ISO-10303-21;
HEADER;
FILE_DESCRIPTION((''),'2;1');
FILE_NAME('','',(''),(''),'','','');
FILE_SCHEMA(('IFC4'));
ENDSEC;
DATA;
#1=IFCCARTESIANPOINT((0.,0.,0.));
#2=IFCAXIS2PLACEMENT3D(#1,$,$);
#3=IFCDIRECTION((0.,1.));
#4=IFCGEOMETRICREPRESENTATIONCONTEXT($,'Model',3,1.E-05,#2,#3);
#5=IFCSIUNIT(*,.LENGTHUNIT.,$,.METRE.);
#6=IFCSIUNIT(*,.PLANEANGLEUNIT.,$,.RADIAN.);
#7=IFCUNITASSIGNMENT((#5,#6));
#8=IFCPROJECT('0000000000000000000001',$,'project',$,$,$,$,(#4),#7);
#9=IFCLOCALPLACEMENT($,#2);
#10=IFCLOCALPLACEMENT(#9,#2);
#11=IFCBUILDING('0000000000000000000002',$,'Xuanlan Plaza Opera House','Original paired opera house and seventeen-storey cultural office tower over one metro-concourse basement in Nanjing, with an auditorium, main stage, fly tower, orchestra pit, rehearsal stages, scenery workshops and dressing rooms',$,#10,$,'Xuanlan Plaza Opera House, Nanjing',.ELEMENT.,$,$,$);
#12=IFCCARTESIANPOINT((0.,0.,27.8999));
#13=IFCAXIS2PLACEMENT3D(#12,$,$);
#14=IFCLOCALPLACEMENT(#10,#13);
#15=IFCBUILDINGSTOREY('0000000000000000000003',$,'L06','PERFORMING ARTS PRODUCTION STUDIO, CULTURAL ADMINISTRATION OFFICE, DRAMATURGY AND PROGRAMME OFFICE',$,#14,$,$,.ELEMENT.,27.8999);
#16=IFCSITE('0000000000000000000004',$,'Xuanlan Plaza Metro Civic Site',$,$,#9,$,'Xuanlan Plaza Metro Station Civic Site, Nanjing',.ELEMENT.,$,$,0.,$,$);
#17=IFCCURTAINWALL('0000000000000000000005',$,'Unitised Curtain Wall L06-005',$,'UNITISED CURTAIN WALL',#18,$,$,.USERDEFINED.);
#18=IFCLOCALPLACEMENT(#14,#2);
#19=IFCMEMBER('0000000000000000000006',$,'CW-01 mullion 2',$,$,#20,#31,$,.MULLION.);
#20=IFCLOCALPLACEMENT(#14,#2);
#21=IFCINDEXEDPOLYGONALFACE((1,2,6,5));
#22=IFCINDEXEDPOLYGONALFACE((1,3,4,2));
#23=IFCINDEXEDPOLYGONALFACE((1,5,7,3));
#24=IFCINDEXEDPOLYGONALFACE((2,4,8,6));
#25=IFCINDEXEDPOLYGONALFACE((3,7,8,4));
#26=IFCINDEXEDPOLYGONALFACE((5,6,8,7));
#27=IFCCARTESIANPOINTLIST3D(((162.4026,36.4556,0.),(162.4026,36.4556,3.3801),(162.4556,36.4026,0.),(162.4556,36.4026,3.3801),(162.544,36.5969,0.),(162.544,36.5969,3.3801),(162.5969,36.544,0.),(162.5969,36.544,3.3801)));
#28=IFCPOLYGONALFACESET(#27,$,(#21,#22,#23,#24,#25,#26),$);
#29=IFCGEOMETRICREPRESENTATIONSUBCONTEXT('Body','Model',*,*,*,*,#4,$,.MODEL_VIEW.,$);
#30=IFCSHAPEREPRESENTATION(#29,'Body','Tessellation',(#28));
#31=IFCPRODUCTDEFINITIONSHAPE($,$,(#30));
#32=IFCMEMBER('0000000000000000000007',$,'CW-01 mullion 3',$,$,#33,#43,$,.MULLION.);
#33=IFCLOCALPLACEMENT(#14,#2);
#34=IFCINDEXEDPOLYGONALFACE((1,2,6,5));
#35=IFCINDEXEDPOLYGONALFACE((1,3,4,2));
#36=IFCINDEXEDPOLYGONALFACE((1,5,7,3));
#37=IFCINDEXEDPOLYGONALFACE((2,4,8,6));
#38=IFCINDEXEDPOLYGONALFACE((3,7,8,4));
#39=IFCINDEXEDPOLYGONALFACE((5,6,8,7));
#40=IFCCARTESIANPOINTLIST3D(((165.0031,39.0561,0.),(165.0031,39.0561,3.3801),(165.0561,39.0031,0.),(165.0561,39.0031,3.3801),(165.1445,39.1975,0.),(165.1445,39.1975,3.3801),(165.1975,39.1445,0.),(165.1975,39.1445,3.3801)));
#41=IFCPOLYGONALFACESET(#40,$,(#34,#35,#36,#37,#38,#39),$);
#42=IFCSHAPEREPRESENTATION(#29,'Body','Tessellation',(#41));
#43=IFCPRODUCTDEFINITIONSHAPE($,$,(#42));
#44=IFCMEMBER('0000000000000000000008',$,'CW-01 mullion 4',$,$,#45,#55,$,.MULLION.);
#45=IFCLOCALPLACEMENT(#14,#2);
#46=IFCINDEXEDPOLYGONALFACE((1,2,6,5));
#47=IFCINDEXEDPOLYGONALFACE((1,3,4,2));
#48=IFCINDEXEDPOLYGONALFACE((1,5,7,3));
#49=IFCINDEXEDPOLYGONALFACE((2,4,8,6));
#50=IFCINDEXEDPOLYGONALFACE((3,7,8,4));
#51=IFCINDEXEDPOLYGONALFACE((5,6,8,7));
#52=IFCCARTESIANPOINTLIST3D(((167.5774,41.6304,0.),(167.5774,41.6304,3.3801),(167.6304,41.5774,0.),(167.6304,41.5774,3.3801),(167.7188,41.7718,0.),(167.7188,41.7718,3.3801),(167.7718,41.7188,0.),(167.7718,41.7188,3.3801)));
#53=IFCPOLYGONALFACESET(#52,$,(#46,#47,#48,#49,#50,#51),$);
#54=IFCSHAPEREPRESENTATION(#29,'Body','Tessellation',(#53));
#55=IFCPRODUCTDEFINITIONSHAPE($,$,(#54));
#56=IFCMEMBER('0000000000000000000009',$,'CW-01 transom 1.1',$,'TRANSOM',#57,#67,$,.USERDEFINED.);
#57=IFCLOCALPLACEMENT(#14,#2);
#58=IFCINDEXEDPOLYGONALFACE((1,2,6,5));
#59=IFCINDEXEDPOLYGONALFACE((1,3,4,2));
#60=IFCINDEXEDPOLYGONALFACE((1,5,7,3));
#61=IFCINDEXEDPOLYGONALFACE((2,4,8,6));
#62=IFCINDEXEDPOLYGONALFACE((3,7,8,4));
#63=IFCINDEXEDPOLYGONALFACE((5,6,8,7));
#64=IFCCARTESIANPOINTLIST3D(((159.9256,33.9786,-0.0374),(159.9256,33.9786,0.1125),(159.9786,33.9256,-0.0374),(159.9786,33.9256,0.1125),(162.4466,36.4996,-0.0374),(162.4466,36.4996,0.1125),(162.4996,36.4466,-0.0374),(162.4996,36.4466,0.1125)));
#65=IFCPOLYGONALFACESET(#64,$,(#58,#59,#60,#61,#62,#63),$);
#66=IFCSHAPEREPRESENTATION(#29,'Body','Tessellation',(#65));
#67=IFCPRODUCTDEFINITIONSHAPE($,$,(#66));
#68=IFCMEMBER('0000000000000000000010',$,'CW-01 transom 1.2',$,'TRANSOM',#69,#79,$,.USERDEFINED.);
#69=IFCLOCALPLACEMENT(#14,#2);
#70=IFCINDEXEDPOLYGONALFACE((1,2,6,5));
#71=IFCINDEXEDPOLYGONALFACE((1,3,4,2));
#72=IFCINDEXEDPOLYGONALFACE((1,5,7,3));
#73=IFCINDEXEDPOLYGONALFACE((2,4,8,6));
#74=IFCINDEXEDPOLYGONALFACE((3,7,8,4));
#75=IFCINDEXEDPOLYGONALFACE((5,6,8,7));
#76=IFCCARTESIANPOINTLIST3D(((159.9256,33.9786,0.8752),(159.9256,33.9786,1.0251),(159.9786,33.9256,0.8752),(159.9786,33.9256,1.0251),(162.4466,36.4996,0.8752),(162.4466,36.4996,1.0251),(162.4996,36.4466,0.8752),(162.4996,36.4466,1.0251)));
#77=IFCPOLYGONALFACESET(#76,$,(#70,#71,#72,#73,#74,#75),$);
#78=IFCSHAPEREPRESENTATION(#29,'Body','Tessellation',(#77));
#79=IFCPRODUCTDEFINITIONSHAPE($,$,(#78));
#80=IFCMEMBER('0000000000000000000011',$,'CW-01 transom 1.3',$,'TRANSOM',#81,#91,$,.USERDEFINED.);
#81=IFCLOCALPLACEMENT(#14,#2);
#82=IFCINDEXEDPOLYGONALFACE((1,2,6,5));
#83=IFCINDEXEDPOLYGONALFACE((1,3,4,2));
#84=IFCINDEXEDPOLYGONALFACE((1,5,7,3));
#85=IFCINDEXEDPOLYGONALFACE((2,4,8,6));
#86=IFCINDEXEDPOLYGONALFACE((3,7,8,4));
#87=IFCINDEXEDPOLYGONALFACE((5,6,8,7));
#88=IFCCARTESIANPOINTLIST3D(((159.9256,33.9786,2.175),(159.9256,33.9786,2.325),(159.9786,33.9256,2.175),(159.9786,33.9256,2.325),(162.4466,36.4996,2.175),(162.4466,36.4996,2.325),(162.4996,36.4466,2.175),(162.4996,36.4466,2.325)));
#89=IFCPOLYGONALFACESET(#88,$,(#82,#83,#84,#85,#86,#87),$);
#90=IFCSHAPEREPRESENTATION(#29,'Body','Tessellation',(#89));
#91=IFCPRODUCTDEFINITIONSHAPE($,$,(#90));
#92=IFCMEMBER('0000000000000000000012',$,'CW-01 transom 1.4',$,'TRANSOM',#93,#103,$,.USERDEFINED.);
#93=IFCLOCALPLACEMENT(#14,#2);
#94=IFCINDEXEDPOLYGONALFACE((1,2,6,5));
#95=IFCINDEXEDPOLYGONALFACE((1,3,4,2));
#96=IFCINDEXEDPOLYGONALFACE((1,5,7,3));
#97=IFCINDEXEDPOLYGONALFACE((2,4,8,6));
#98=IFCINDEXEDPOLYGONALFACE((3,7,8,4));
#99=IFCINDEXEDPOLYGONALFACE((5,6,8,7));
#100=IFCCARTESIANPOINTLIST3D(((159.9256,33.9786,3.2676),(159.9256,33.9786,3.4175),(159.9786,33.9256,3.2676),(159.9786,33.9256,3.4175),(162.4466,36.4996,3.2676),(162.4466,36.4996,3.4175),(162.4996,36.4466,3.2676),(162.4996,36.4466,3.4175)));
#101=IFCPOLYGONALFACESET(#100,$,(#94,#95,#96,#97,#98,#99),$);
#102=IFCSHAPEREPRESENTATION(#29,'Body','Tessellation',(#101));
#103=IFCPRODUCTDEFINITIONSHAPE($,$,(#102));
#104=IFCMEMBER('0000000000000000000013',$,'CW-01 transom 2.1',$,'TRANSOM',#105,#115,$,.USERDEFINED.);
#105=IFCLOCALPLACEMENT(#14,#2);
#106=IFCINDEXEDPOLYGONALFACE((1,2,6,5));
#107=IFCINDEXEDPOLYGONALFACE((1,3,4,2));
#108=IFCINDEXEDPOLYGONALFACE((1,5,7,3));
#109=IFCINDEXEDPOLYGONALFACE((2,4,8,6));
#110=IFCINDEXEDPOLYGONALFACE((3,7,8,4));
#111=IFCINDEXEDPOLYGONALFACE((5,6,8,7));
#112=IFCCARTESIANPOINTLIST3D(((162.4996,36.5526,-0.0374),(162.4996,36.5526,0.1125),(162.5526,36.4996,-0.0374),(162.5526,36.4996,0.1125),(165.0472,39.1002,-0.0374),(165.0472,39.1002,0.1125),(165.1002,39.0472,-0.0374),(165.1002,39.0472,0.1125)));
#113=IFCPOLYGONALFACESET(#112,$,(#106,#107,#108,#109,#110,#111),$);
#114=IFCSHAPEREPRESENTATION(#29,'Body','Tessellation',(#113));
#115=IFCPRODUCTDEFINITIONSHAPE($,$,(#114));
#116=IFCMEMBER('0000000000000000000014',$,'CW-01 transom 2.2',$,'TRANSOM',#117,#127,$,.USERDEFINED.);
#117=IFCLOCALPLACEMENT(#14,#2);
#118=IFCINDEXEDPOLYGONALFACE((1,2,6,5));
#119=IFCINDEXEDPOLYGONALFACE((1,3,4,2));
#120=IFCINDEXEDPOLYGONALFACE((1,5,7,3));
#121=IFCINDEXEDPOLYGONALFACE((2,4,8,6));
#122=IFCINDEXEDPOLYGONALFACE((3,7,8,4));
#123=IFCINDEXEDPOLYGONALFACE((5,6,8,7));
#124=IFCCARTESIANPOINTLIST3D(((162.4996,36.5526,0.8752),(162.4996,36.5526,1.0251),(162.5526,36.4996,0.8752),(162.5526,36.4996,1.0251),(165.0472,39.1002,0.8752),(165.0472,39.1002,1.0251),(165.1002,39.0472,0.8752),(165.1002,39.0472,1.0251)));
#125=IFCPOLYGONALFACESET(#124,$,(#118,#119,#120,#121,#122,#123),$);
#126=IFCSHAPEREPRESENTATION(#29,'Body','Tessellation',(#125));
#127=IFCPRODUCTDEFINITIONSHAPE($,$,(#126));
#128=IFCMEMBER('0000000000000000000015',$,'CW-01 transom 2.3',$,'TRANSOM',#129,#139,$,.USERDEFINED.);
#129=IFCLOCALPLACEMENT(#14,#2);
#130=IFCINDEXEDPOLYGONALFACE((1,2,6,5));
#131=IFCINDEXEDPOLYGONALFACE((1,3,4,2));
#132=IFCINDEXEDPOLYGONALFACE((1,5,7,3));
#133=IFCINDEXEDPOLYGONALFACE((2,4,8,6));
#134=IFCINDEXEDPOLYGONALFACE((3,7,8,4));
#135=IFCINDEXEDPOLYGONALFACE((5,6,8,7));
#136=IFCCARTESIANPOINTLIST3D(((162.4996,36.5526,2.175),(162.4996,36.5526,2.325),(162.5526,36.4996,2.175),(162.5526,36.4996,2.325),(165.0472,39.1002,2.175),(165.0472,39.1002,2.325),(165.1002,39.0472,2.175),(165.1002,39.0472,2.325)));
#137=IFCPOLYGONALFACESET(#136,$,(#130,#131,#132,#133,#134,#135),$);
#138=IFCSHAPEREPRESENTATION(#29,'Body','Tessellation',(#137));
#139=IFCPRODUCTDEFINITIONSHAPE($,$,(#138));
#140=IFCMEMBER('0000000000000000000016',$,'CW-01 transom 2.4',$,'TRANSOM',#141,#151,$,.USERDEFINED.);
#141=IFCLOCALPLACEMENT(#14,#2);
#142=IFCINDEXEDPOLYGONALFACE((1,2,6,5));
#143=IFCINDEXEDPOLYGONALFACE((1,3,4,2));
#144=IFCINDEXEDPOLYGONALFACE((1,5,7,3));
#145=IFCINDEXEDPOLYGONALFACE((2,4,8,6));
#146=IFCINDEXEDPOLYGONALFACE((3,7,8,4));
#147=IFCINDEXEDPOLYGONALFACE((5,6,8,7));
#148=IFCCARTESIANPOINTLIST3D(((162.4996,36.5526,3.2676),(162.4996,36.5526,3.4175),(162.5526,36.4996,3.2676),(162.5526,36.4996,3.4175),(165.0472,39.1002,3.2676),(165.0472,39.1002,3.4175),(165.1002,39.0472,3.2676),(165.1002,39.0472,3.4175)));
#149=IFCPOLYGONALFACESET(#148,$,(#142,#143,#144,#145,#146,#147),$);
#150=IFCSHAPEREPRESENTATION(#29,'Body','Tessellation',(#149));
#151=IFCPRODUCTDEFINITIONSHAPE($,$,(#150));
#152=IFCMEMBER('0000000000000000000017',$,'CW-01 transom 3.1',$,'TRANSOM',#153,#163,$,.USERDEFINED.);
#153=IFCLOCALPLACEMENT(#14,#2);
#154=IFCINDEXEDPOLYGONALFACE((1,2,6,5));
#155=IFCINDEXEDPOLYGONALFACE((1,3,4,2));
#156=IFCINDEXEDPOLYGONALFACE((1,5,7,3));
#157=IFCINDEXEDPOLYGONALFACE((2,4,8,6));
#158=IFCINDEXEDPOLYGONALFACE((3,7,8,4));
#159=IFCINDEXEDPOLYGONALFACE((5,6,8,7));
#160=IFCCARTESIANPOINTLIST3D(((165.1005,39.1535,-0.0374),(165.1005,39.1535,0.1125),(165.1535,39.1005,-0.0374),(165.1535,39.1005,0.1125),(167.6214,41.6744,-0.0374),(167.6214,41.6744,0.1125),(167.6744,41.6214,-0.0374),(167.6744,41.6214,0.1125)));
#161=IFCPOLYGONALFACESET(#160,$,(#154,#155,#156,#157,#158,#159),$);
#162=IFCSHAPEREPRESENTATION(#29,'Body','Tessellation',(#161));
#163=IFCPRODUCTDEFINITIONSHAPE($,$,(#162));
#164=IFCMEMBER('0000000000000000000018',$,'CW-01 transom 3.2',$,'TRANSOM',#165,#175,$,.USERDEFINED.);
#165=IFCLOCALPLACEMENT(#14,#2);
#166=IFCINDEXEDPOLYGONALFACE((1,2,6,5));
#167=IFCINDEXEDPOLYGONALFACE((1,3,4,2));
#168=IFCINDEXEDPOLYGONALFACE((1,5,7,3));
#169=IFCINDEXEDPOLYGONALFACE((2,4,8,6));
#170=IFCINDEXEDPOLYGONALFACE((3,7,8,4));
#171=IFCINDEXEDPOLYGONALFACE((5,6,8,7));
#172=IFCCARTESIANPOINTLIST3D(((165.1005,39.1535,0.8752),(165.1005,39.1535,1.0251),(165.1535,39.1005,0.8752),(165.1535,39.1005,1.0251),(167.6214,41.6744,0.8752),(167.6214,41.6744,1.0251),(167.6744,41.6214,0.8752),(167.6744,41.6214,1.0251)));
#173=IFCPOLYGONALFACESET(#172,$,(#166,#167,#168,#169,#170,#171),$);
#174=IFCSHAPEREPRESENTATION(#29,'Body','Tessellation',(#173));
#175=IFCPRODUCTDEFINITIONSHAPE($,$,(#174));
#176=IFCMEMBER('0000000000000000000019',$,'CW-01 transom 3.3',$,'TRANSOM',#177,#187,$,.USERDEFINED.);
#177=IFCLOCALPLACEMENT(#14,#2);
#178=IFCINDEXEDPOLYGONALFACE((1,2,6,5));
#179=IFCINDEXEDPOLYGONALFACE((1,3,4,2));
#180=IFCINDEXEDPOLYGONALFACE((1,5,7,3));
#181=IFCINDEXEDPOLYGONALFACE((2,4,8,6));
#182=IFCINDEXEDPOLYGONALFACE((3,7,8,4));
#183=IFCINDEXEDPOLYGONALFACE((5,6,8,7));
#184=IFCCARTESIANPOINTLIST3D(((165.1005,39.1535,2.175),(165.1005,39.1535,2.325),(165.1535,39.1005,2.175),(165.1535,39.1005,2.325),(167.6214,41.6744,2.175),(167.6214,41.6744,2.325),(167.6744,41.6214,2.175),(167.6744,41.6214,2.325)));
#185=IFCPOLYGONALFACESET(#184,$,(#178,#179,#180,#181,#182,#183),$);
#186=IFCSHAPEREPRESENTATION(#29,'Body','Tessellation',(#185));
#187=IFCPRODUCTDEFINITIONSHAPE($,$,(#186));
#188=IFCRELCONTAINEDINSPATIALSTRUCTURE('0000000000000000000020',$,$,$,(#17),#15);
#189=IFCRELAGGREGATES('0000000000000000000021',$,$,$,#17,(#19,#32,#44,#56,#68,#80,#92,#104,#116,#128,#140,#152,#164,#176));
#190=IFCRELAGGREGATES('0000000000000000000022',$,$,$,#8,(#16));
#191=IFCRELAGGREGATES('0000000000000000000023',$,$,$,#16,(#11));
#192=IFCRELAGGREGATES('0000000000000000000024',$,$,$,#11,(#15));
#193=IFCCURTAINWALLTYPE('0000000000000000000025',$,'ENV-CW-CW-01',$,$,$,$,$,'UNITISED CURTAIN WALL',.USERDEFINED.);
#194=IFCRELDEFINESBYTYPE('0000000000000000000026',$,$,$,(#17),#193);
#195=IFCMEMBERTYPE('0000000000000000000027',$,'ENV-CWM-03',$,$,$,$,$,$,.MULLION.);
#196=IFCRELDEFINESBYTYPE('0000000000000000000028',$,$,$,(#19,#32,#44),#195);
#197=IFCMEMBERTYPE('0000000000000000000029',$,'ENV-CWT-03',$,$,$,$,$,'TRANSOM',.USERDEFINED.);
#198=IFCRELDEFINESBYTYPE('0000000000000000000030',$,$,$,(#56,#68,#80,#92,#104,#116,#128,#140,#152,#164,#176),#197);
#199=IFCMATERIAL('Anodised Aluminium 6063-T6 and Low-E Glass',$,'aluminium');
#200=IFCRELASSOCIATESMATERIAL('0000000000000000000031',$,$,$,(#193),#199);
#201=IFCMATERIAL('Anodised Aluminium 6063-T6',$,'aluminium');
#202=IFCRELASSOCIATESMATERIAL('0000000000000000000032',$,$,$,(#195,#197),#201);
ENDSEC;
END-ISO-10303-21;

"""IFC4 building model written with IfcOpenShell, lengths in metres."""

from ifc_helpers import new_model, si_unit, direction, frame, origin, origin_2d, place, context, subcontext, project, spatial, rectangle, extrude, material, material_profile, profile_set, type_object, element, aggregate, save


model = new_model("IFC4")

# Units and contexts
model_context = context("Model", 3, precision=1e-05, world=origin(), true_north=direction((0.0, 1.0)))
body_context = subcontext(model_context, "Body", "Model", "MODEL_VIEW")
ifc_project = project(units=[si_unit("LENGTHUNIT", "METRE"), si_unit("PLANEANGLEUNIT", "RADIAN")], contexts=[model_context])

# Site, building, storey
site_placement = place(None, origin())
site = spatial("IfcSite", under=ifc_project, at=site_placement, Name="Xuanlan Plaza Metro Civic Site", LongName="Xuanlan Plaza Metro Station Civic Site, Nanjing", CompositionType="ELEMENT", RefElevation=0.0)
building_placement = place(site_placement, origin())
building = spatial("IfcBuilding", under=site, at=building_placement, Name="Xuanlan Plaza Opera House", Description="Original paired opera house and seventeen-storey cultural office tower over one metro-concourse basement in Nanjing, with an auditorium, main stage, fly tower, orchestra pit, rehearsal stages, scenery workshops and dressing rooms", LongName="Xuanlan Plaza Opera House, Nanjing", CompositionType="ELEMENT")
storey_placement = place(building_placement, frame((0.0, 0.0, 27.8999)))
storey = spatial("IfcBuildingStorey", under=building, at=storey_placement, Name="L06", Description="PERFORMING ARTS PRODUCTION STUDIO, CULTURAL ADMINISTRATION OFFICE, DRAMATURGY AND PROGRAMME OFFICE", CompositionType="ELEMENT", Elevation=27.8999)

# Curtain wall, members
ifc_material_1 = material(Name="Anodised Aluminium 6063-T6 and Low-E Glass", Category="aluminium")
curtain_wall_type = type_object("IfcCurtainWallType", Name="ENV-CW-CW-01", ElementType="UNITISED CURTAIN WALL", PredefinedType="USERDEFINED", material=ifc_material_1)
curtain_wall_placement = place(storey_placement, origin())
curtain_wall = element("IfcCurtainWall", 1, at=curtain_wall_placement, inside=storey, type_object=curtain_wall_type, Name="Unitised Curtain Wall L06-005", ObjectType="UNITISED CURTAIN WALL", PredefinedType="USERDEFINED")
ifc_material_2 = material(Name="Anodised Aluminium 6063-T6", Category="aluminium")
ifc_material_profile_1 = material_profile(ifc_material_2, rectangle(XDim=0.075, YDim=0.2, at=origin_2d()), Name="ALU-M 75x200")
ifc_profile_set_1 = profile_set([ifc_material_profile_1], Name="Anodised Aluminium 6063-T6")
member_type_1 = type_object("IfcMemberType", Name="ENV-CWM-03", PredefinedType="MULLION", material=ifc_profile_set_1)
member_1_placement = place(storey_placement, frame((162.4998, 36.4998, 0.0), z_axis=(0.0, 0.0, 1.0), x_axis=(-0.707107, 0.707107, 0.0)))
member_1 = element("IfcMember", 2, at=member_1_placement, type_object=member_type_1, Name="CW-01 mullion 2", PredefinedType="MULLION", context=body_context, shape_type="SweptSolid", body=[
    extrude(rectangle(XDim=0.075, YDim=0.2, at=origin_2d()), origin(), (0.0, 0.0, 1.0), 3.3801),
])
member_2_placement = place(storey_placement, frame((165.1003, 39.1003, 0.0), z_axis=(0.0, 0.0, 1.0), x_axis=(-0.707107, 0.707107, 0.0)))
member_2 = element("IfcMember", 3, at=member_2_placement, type_object=member_type_1, Name="CW-01 mullion 3", PredefinedType="MULLION", context=body_context, shape_type="SweptSolid", body=[
    extrude(rectangle(XDim=0.075, YDim=0.2, at=origin_2d()), origin(), (0.0, 0.0, 1.0), 3.3801),
])
member_3_placement = place(storey_placement, frame((167.6746, 41.6746, 0.0), z_axis=(0.0, 0.0, 1.0), x_axis=(-0.707107, 0.707107, 0.0)))
member_3 = element("IfcMember", 4, at=member_3_placement, type_object=member_type_1, Name="CW-01 mullion 4", PredefinedType="MULLION", context=body_context, shape_type="SweptSolid", body=[
    extrude(rectangle(XDim=0.075, YDim=0.2, at=origin_2d()), origin(), (0.0, 0.0, 1.0), 3.3801),
])
ifc_material_profile_2 = material_profile(ifc_material_2, rectangle(XDim=0.075, YDim=0.1499, at=origin_2d()), Name="ALU-T 75x150")
ifc_profile_set_2 = profile_set([ifc_material_profile_2], Name="Anodised Aluminium 6063-T6")
member_type_2 = type_object("IfcMemberType", Name="ENV-CWT-03", ElementType="TRANSOM", PredefinedType="USERDEFINED", material=ifc_profile_set_2)
member_4_placement = place(storey_placement, frame((159.9521, 33.9521, 0.0376), z_axis=(0.707107, 0.707107, 0.0), x_axis=(-0.707107, 0.707107, 0.0)))
member_4 = element("IfcMember", 5, at=member_4_placement, type_object=member_type_2, Name="CW-01 transom 1.1", ObjectType="TRANSOM", PredefinedType="USERDEFINED", context=body_context, shape_type="SweptSolid", body=[
    extrude(rectangle(XDim=0.075, YDim=0.1499, at=origin_2d()), origin(), (0.0, 0.0, 1.0), 3.5652),
])
member_5_placement = place(storey_placement, frame((159.9521, 33.9521, 0.9502), z_axis=(0.707107, 0.707107, 0.0), x_axis=(-0.707107, 0.707107, 0.0)))
member_5 = element("IfcMember", 6, at=member_5_placement, type_object=member_type_2, Name="CW-01 transom 1.2", ObjectType="TRANSOM", PredefinedType="USERDEFINED", context=body_context, shape_type="SweptSolid", body=[
    extrude(rectangle(XDim=0.075, YDim=0.1499, at=origin_2d()), origin(), (0.0, 0.0, 1.0), 3.5652),
])
member_6_placement = place(storey_placement, frame((159.9521, 33.9521, 2.25), z_axis=(0.707107, 0.707107, 0.0), x_axis=(-0.707107, 0.707107, 0.0)))
member_6 = element("IfcMember", 7, at=member_6_placement, type_object=member_type_2, Name="CW-01 transom 1.3", ObjectType="TRANSOM", PredefinedType="USERDEFINED", context=body_context, shape_type="SweptSolid", body=[
    extrude(rectangle(XDim=0.075, YDim=0.1499, at=origin_2d()), origin(), (0.0, 0.0, 1.0), 3.5652),
])
member_7_placement = place(storey_placement, frame((159.9521, 33.9521, 3.3425), z_axis=(0.707107, 0.707107, 0.0), x_axis=(-0.707107, 0.707107, 0.0)))
member_7 = element("IfcMember", 8, at=member_7_placement, type_object=member_type_2, Name="CW-01 transom 1.4", ObjectType="TRANSOM", PredefinedType="USERDEFINED", context=body_context, shape_type="SweptSolid", body=[
    extrude(rectangle(XDim=0.075, YDim=0.1499, at=origin_2d()), origin(), (0.0, 0.0, 1.0), 3.5652),
])
member_8_placement = place(storey_placement, frame((162.5261, 36.5261, 0.0376), z_axis=(0.707107, 0.707107, 0.0), x_axis=(-0.707107, 0.707107, 0.0)))
member_8 = element("IfcMember", 9, at=member_8_placement, type_object=member_type_2, Name="CW-01 transom 2.1", ObjectType="TRANSOM", PredefinedType="USERDEFINED", context=body_context, shape_type="SweptSolid", body=[
    extrude(rectangle(XDim=0.075, YDim=0.1499, at=origin_2d()), origin(), (0.0, 0.0, 1.0), 3.6028),
])
member_9_placement = place(storey_placement, frame((162.5261, 36.5261, 0.9502), z_axis=(0.707107, 0.707107, 0.0), x_axis=(-0.707107, 0.707107, 0.0)))
member_9 = element("IfcMember", 10, at=member_9_placement, type_object=member_type_2, Name="CW-01 transom 2.2", ObjectType="TRANSOM", PredefinedType="USERDEFINED", context=body_context, shape_type="SweptSolid", body=[
    extrude(rectangle(XDim=0.075, YDim=0.1499, at=origin_2d()), origin(), (0.0, 0.0, 1.0), 3.6028),
])
member_10_placement = place(storey_placement, frame((162.5261, 36.5261, 2.25), z_axis=(0.707107, 0.707107, 0.0), x_axis=(-0.707107, 0.707107, 0.0)))
member_10 = element("IfcMember", 11, at=member_10_placement, type_object=member_type_2, Name="CW-01 transom 2.3", ObjectType="TRANSOM", PredefinedType="USERDEFINED", context=body_context, shape_type="SweptSolid", body=[
    extrude(rectangle(XDim=0.075, YDim=0.1499, at=origin_2d()), origin(), (0.0, 0.0, 1.0), 3.6028),
])
member_11_placement = place(storey_placement, frame((162.5261, 36.5261, 3.3425), z_axis=(0.707107, 0.707107, 0.0), x_axis=(-0.707107, 0.707107, 0.0)))
member_11 = element("IfcMember", 12, at=member_11_placement, type_object=member_type_2, Name="CW-01 transom 2.4", ObjectType="TRANSOM", PredefinedType="USERDEFINED", context=body_context, shape_type="SweptSolid", body=[
    extrude(rectangle(XDim=0.075, YDim=0.1499, at=origin_2d()), origin(), (0.0, 0.0, 1.0), 3.6028),
])
member_12_placement = place(storey_placement, frame((165.127, 39.127, 0.0376), z_axis=(0.707107, 0.707107, 0.0), x_axis=(-0.707107, 0.707107, 0.0)))
member_12 = element("IfcMember", 13, at=member_12_placement, type_object=member_type_2, Name="CW-01 transom 3.1", ObjectType="TRANSOM", PredefinedType="USERDEFINED", context=body_context, shape_type="SweptSolid", body=[
    extrude(rectangle(XDim=0.075, YDim=0.1499, at=origin_2d()), origin(), (0.0, 0.0, 1.0), 3.5652),
])
member_13_placement = place(storey_placement, frame((165.127, 39.127, 0.9502), z_axis=(0.707107, 0.707107, 0.0), x_axis=(-0.707107, 0.707107, 0.0)))
member_13 = element("IfcMember", 14, at=member_13_placement, type_object=member_type_2, Name="CW-01 transom 3.2", ObjectType="TRANSOM", PredefinedType="USERDEFINED", context=body_context, shape_type="SweptSolid", body=[
    extrude(rectangle(XDim=0.075, YDim=0.1499, at=origin_2d()), origin(), (0.0, 0.0, 1.0), 3.5652),
])
member_14_placement = place(storey_placement, frame((165.127, 39.127, 2.25), z_axis=(0.707107, 0.707107, 0.0), x_axis=(-0.707107, 0.707107, 0.0)))
member_14 = element("IfcMember", 15, at=member_14_placement, type_object=member_type_2, Name="CW-01 transom 3.3", ObjectType="TRANSOM", PredefinedType="USERDEFINED", context=body_context, shape_type="SweptSolid", body=[
    extrude(rectangle(XDim=0.075, YDim=0.1499, at=origin_2d()), origin(), (0.0, 0.0, 1.0), 3.5652),
])
aggregate(curtain_wall, [member_1, member_2, member_3, member_4, member_5, member_6, member_7, member_8, member_9, member_10, member_11, member_12, member_13, member_14])

save(model, "model.ifc")
